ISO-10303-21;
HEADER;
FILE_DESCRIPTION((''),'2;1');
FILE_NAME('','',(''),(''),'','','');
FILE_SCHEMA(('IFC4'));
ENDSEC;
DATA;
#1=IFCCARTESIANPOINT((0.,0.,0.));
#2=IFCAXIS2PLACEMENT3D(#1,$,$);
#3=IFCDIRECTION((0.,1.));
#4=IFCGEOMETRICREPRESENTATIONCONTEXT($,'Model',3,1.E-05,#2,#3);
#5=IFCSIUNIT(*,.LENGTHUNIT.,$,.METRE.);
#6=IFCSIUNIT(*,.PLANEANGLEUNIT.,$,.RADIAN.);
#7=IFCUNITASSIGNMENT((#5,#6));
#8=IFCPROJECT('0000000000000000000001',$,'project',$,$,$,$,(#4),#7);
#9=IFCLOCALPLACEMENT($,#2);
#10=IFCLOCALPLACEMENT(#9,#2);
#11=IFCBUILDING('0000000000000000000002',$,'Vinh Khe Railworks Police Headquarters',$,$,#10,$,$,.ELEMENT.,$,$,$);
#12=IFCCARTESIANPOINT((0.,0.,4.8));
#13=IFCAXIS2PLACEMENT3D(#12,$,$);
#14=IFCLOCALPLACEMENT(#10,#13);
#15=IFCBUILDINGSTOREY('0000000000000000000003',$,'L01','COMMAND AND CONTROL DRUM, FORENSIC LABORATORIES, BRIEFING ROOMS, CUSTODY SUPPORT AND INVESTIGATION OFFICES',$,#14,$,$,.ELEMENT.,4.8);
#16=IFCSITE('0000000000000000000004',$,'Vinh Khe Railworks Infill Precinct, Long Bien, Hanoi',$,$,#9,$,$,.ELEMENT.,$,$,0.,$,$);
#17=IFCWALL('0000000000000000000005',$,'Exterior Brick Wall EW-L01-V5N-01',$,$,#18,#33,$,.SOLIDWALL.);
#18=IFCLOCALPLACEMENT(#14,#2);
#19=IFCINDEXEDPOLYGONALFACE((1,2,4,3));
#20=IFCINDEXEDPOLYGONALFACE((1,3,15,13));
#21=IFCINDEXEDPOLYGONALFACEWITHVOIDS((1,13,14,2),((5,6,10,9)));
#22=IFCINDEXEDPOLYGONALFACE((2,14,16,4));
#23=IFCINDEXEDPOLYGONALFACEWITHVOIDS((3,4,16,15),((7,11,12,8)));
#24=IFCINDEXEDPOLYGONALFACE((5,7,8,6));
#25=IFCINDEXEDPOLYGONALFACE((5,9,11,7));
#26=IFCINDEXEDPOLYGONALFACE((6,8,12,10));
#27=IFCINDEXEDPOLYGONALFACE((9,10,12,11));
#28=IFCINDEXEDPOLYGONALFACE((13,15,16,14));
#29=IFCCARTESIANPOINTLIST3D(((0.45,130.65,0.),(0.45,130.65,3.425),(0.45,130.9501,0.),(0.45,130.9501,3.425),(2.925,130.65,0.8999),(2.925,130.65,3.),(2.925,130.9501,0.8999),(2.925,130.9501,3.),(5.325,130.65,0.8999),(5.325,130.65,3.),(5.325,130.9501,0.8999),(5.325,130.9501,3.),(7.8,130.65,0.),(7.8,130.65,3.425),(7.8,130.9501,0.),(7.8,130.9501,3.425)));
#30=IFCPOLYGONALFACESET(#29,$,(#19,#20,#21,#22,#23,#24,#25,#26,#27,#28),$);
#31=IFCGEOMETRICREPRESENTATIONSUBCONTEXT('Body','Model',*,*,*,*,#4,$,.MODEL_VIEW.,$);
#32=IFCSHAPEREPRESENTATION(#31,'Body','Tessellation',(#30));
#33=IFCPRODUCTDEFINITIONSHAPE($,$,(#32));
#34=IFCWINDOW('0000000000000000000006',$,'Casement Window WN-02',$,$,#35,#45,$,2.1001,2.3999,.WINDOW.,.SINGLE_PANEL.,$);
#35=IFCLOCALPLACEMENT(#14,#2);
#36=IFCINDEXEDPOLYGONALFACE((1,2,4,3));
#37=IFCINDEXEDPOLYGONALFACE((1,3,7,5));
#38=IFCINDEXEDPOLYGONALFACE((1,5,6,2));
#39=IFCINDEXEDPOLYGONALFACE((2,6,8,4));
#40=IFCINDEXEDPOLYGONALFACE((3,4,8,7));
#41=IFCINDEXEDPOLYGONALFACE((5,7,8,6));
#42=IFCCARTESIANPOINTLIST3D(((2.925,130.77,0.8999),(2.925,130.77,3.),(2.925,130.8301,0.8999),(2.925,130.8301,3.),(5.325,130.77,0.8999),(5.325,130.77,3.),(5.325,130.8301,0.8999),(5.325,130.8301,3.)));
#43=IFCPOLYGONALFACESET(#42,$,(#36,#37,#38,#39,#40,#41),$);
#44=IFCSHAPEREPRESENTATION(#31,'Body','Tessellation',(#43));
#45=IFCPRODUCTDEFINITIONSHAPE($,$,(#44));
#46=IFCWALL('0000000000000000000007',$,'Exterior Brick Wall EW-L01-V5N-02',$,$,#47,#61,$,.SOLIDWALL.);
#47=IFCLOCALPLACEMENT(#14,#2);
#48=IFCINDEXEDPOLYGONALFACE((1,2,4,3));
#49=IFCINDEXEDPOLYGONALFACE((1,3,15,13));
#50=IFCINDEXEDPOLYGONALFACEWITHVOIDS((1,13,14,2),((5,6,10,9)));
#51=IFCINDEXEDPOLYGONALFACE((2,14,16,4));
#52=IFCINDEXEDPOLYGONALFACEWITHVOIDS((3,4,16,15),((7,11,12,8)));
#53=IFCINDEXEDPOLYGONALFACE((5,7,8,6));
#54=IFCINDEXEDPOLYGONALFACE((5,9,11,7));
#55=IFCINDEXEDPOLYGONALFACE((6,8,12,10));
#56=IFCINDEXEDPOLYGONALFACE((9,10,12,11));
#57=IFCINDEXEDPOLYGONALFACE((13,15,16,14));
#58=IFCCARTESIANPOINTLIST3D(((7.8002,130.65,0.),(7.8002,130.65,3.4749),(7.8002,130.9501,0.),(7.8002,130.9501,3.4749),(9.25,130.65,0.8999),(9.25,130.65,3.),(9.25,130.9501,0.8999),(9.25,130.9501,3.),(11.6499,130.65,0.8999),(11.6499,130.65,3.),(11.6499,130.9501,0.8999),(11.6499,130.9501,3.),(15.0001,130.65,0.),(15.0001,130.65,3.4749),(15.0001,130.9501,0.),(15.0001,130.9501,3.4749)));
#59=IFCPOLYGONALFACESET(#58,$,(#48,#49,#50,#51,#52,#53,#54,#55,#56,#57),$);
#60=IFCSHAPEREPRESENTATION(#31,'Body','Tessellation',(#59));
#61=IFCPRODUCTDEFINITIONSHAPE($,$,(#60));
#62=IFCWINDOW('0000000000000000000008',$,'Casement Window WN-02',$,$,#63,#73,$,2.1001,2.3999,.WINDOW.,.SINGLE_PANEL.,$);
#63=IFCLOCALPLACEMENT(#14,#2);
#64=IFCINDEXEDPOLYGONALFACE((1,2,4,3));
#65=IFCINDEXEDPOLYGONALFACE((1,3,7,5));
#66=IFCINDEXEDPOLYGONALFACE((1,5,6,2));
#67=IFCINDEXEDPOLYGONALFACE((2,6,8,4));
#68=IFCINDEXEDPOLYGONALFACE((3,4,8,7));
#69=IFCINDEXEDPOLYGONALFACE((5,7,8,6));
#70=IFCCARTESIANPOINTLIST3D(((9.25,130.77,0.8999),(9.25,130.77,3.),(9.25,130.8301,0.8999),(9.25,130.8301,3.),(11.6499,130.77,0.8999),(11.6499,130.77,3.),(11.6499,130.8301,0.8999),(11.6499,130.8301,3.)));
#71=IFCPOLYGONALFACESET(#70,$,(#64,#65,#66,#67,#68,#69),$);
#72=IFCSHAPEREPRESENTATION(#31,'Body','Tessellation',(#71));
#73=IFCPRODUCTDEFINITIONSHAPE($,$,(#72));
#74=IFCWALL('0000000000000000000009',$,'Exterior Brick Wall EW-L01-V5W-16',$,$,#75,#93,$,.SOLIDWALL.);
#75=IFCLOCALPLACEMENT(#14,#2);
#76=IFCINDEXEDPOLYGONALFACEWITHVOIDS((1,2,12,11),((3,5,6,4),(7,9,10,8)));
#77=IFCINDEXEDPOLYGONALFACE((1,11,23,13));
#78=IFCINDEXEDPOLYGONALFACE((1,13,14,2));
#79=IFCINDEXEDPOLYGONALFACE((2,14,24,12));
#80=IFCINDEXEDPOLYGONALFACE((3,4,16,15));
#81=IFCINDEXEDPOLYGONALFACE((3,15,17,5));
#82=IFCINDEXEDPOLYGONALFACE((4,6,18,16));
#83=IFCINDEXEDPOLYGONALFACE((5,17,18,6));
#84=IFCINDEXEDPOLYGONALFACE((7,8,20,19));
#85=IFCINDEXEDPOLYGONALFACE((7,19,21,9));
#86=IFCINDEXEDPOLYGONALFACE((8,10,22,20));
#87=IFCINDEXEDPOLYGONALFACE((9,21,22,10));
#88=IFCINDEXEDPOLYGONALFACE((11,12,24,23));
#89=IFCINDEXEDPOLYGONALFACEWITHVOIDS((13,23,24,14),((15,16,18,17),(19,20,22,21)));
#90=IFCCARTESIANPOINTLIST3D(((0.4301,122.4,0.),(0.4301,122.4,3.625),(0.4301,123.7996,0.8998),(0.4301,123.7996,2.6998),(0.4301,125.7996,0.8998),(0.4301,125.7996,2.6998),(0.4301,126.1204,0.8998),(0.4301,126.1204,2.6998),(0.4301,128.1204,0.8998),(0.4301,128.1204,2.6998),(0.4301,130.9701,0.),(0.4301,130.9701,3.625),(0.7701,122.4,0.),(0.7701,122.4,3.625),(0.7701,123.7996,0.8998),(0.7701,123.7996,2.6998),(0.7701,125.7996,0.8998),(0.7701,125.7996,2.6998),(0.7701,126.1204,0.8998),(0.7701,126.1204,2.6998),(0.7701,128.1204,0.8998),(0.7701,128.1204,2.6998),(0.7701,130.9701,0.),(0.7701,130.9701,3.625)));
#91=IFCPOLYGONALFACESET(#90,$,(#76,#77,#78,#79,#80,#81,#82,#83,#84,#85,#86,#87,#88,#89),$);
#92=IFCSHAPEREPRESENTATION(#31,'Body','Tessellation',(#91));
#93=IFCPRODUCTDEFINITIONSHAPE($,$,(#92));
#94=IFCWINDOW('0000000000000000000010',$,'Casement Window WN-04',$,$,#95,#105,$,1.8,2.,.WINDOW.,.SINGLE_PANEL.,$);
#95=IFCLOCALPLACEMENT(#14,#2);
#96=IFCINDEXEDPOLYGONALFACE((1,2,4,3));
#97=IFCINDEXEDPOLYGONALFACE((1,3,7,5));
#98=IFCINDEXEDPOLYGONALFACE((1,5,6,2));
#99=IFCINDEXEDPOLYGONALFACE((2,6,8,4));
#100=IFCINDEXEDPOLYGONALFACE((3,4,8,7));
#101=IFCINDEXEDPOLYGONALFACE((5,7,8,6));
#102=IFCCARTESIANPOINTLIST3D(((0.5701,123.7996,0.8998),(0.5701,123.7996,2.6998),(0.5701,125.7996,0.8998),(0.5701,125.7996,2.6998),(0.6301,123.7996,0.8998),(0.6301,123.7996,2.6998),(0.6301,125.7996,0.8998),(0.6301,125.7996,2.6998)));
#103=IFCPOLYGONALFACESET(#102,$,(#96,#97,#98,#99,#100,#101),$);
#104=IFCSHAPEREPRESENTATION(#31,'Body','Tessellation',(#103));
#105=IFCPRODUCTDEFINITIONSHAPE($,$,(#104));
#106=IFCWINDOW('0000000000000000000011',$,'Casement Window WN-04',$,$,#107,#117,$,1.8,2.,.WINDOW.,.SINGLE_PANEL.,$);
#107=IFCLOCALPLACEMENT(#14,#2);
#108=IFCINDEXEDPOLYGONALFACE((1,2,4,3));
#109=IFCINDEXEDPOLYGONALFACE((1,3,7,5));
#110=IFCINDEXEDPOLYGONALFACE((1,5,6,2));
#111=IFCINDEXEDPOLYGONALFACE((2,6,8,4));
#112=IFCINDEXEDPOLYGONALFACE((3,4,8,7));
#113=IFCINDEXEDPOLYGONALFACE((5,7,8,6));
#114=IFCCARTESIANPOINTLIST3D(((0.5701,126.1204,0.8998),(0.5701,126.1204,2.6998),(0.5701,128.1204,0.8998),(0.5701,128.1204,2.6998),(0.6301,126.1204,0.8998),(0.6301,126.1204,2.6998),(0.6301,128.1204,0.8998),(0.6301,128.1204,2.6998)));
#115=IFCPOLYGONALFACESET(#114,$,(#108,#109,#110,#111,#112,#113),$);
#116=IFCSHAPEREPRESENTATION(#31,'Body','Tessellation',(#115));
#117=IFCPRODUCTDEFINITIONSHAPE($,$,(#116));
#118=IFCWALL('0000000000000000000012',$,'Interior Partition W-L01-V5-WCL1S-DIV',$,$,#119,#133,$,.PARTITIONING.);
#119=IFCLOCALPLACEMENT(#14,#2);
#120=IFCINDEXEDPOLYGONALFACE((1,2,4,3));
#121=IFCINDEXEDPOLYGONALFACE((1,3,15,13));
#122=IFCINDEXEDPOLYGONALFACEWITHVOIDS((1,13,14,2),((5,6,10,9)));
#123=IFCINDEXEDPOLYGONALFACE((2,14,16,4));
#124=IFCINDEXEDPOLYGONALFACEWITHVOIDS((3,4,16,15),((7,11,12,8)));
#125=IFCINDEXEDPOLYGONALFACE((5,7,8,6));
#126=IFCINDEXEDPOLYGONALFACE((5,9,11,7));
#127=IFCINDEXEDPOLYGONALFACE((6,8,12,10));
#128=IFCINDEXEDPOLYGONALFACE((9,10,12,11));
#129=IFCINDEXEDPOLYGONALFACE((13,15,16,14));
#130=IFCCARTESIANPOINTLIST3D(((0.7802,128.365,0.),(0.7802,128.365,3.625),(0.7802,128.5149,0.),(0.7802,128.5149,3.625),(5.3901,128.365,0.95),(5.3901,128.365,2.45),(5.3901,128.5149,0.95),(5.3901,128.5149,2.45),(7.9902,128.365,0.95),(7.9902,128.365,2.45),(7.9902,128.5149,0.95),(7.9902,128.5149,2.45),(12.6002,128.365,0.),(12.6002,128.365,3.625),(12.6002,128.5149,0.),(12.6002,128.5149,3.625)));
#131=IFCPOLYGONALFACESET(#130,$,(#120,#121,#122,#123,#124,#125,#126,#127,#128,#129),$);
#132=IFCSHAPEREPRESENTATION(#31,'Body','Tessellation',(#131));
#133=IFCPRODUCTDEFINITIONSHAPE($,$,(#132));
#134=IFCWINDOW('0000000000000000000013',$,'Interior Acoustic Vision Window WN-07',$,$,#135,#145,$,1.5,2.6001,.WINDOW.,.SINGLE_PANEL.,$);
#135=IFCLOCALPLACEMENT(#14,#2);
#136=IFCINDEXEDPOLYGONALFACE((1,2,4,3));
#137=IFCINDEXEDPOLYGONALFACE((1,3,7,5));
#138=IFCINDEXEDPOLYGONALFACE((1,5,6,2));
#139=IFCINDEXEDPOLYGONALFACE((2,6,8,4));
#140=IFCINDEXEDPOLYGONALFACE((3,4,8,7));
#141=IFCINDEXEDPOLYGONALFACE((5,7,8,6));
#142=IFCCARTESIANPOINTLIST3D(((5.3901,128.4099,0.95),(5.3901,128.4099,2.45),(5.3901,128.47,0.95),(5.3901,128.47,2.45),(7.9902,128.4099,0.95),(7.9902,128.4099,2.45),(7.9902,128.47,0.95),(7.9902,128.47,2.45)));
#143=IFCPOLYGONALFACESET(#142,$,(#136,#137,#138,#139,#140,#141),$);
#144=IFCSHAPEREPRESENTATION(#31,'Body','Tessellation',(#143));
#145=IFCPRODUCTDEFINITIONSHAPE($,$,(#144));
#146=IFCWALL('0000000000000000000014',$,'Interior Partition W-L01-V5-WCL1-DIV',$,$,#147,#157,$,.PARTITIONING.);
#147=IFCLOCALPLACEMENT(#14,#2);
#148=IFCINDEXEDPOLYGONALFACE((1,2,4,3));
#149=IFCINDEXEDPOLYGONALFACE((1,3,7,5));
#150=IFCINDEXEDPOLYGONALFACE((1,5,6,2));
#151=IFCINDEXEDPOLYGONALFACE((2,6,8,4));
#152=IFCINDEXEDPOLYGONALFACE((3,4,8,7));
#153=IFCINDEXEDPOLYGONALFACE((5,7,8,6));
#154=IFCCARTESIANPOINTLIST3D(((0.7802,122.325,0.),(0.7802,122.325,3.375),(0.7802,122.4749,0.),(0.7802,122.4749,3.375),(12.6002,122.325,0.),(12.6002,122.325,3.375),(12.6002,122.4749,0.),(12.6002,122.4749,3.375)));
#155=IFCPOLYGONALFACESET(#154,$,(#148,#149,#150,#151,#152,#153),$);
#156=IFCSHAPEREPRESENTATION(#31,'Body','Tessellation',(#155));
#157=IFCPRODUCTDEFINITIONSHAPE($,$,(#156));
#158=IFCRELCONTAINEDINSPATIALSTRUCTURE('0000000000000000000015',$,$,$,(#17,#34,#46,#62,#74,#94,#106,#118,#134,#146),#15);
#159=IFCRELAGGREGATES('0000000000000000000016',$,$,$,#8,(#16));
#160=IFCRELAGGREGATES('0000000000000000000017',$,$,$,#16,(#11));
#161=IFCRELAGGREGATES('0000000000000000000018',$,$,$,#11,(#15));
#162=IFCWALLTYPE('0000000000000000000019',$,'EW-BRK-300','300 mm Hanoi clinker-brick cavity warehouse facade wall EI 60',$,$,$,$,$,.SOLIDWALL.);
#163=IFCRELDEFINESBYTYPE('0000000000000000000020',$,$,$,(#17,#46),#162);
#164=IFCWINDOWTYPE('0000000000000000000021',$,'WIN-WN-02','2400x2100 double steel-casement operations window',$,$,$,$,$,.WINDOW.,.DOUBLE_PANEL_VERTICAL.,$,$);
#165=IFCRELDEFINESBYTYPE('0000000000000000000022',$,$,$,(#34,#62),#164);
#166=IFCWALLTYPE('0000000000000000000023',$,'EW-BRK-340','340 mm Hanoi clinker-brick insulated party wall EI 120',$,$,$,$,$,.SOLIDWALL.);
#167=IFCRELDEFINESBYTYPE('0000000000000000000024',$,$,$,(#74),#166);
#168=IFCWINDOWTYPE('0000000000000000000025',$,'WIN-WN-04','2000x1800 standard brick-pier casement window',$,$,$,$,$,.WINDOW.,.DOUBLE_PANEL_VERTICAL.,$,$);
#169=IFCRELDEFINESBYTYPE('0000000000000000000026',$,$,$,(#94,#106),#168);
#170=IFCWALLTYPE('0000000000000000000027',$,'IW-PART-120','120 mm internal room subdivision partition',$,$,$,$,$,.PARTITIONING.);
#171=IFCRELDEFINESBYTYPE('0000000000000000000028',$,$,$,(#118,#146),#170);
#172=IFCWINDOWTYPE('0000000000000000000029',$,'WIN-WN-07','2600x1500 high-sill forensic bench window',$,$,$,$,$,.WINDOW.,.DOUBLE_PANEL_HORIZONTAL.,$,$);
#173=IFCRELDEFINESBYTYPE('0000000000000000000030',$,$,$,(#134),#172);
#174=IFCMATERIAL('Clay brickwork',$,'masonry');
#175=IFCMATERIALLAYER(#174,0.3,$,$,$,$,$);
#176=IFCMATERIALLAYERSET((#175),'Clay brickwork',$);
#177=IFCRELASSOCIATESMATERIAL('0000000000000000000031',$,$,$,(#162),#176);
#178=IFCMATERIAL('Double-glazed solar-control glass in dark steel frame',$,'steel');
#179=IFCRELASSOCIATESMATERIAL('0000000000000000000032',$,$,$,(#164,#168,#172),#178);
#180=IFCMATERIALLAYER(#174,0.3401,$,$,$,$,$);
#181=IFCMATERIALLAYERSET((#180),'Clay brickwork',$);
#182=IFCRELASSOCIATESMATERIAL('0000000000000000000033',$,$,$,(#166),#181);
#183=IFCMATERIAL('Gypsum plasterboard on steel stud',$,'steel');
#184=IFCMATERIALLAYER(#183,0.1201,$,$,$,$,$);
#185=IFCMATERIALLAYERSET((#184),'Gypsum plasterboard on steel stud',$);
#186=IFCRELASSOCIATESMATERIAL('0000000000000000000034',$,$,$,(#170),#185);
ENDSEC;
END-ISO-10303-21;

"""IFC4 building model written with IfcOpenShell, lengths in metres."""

from ifc_helpers import new_model, si_unit, direction, frame, frame_2d, origin, place, context, subcontext, project, spatial, rectangle, extrude, material, layer, layer_set, type_object, element, fill, save


model = new_model("IFC4")

# Units and contexts
model_context = context("Model", 3, precision=1e-05, world=origin(), true_north=direction((0.0, 1.0)))
body_context = subcontext(model_context, "Body", "Model", "MODEL_VIEW")
ifc_project = project(units=[si_unit("LENGTHUNIT", "METRE"), si_unit("PLANEANGLEUNIT", "RADIAN")], contexts=[model_context])

# Site, building, storey
site_placement = place(None, origin())
site = spatial("IfcSite", under=ifc_project, at=site_placement, Name="Vinh Khe Railworks Infill Precinct, Long Bien, Hanoi", CompositionType="ELEMENT", RefElevation=0.0)
building_placement = place(site_placement, origin())
building = spatial("IfcBuilding", under=site, at=building_placement, Name="Vinh Khe Railworks Police Headquarters", CompositionType="ELEMENT")
storey_placement = place(building_placement, frame((0.0, 0.0, 4.8)))
storey = spatial("IfcBuildingStorey", under=building, at=storey_placement, Name="L01", Description="COMMAND AND CONTROL DRUM, FORENSIC LABORATORIES, BRIEFING ROOMS, CUSTODY SUPPORT AND INVESTIGATION OFFICES", CompositionType="ELEMENT", Elevation=4.8)

# Walls, openings, windows
ifc_material_1 = material(Name="Clay brickwork", Category="masonry")
ifc_layer_1 = layer(ifc_material_1, 0.3)
ifc_layer_set_1 = layer_set([ifc_layer_1], Name="Clay brickwork")
wall_type_1 = type_object("IfcWallType", Name="EW-BRK-300", Description="300 mm Hanoi clinker-brick cavity warehouse facade wall EI 60", PredefinedType="SOLIDWALL", material=ifc_layer_set_1)
wall_1_placement = place(storey_placement, frame((0.45, 130.8, 0.0), z_axis=(0.0, 0.0, 1.0), x_axis=(1.0, 0.0, 0.0)))
wall_1 = element("IfcWall", 1, at=wall_1_placement, inside=storey, type_object=wall_type_1, Name="Exterior Brick Wall EW-L01-V5N-01", PredefinedType="SOLIDWALL", context=body_context, shape_type="SweptSolid", body=[
    extrude(rectangle(XDim=7.3501, YDim=0.3, at=frame_2d((3.675, 0.0))), origin(), (0.0, 0.0, 1.0), 3.425),
])
opening_1_placement = place(wall_1_placement, frame((2.4751, 0.0, 0.8999)))
opening_1 = element("IfcOpeningElement", 2, at=opening_1_placement, cuts=wall_1, PredefinedType="OPENING", context=body_context, shape_type="SweptSolid", body=[
    extrude(rectangle(XDim=2.3999, YDim=2.1001, at=frame_2d((1.2, 1.05))), frame((0.0, 0.165, 0.0), z_axis=(0.0, -1.0, 0.0), x_axis=(1.0, 0.0, 0.0)), (0.0, 0.0, 1.0), 0.3298),
])
ifc_material_2 = material(Name="Double-glazed solar-control glass in dark steel frame", Category="steel")
window_type_1 = type_object("IfcWindowType", Name="WIN-WN-02", Description="2400x2100 double steel-casement operations window", PartitioningType="DOUBLE_PANEL_VERTICAL", PredefinedType="WINDOW", material=ifc_material_2)
window_1_placement = place(opening_1_placement, origin())
window_1 = element("IfcWindow", 3, at=window_1_placement, inside=storey, type_object=window_type_1, Name="Casement Window WN-02", OverallHeight=2.1001, OverallWidth=2.3999, PartitioningType="SINGLE_PANEL", PredefinedType="WINDOW", context=body_context, shape_type="SweptSolid", body=[
    extrude(rectangle(XDim=2.3999, YDim=2.1001, at=frame_2d((1.2, 1.05))), frame((0.0, 0.03, 0.0), z_axis=(0.0, -1.0, 0.0), x_axis=(1.0, 0.0, 0.0)), (0.0, 0.0, 1.0), 0.0601),
])
fill(opening_1, window_1)
wall_2_placement = place(storey_placement, frame((7.8, 130.8, 0.0), z_axis=(0.0, 0.0, 1.0), x_axis=(1.0, 0.0, 0.0)))
wall_2 = element("IfcWall", 4, at=wall_2_placement, inside=storey, type_object=wall_type_1, Name="Exterior Brick Wall EW-L01-V5N-02", PredefinedType="SOLIDWALL", context=body_context, shape_type="SweptSolid", body=[
    extrude(rectangle(XDim=7.2, YDim=0.3, at=frame_2d((3.6001, 0.0))), origin(), (0.0, 0.0, 1.0), 3.4749),
])
opening_2_placement = place(wall_2_placement, frame((1.45, 0.0, 0.8999)))
opening_2 = element("IfcOpeningElement", 5, at=opening_2_placement, cuts=wall_2, PredefinedType="OPENING", context=body_context, shape_type="SweptSolid", body=[
    extrude(rectangle(XDim=2.3999, YDim=2.1001, at=frame_2d((1.2, 1.05))), frame((0.0, 0.165, 0.0), z_axis=(0.0, -1.0, 0.0), x_axis=(1.0, 0.0, 0.0)), (0.0, 0.0, 1.0), 0.3298),
])
window_2_placement = place(opening_2_placement, origin())
window_2 = element("IfcWindow", 6, at=window_2_placement, inside=storey, type_object=window_type_1, Name="Casement Window WN-02", OverallHeight=2.1001, OverallWidth=2.3999, PartitioningType="SINGLE_PANEL", PredefinedType="WINDOW", context=body_context, shape_type="SweptSolid", body=[
    extrude(rectangle(XDim=2.3999, YDim=2.1001, at=frame_2d((1.2, 1.05))), frame((0.0, 0.03, 0.0), z_axis=(0.0, -1.0, 0.0), x_axis=(1.0, 0.0, 0.0)), (0.0, 0.0, 1.0), 0.0601),
])
fill(opening_2, window_2)

# Wall, openings, windows
ifc_layer_2 = layer(ifc_material_1, 0.3401)
ifc_layer_set_2 = layer_set([ifc_layer_2], Name="Clay brickwork")
wall_type_2 = type_object("IfcWallType", Name="EW-BRK-340", Description="340 mm Hanoi clinker-brick insulated party wall EI 120", PredefinedType="SOLIDWALL", material=ifc_layer_set_2)
wall_3_placement = place(storey_placement, frame((0.6001, 122.3999, 0.0), z_axis=(0.0, 0.0, 1.0), x_axis=(0.0, 1.0, 0.0)))
wall_3 = element("IfcWall", 7, at=wall_3_placement, inside=storey, type_object=wall_type_2, Name="Exterior Brick Wall EW-L01-V5W-16", PredefinedType="SOLIDWALL", context=body_context, shape_type="SweptSolid", body=[
    extrude(rectangle(XDim=8.5701, YDim=0.3401, at=frame_2d((4.2852, 0.0))), origin(), (0.0, 0.0, 1.0), 3.625),
])
opening_3_placement = place(wall_3_placement, frame((1.3997, 0.0, 0.8999)))
opening_3 = element("IfcOpeningElement", 8, at=opening_3_placement, cuts=wall_3, PredefinedType="OPENING", context=body_context, shape_type="SweptSolid", body=[
    extrude(rectangle(XDim=2.0, YDim=1.8, at=frame_2d((1.0, 0.8999))), frame((0.0, 0.1851, 0.0), z_axis=(0.0, -1.0, 0.0), x_axis=(1.0, 0.0, 0.0)), (0.0, 0.0, 1.0), 0.3699),
])
opening_4_placement = place(wall_3_placement, frame((3.7205, 0.0, 0.8999)))
opening_4 = element("IfcOpeningElement", 9, at=opening_4_placement, cuts=wall_3, PredefinedType="OPENING", context=body_context, shape_type="SweptSolid", body=[
    extrude(rectangle(XDim=2.0, YDim=1.8, at=frame_2d((1.0, 0.8999))), frame((0.0, 0.1851, 0.0), z_axis=(0.0, -1.0, 0.0), x_axis=(1.0, 0.0, 0.0)), (0.0, 0.0, 1.0), 0.3699),
])
window_type_2 = type_object("IfcWindowType", Name="WIN-WN-04", Description="2000x1800 standard brick-pier casement window", PartitioningType="DOUBLE_PANEL_VERTICAL", PredefinedType="WINDOW", material=ifc_material_2)
window_3_placement = place(opening_3_placement, origin())
window_3 = element("IfcWindow", 10, at=window_3_placement, inside=storey, type_object=window_type_2, Name="Casement Window WN-04", OverallHeight=1.8, OverallWidth=2.0, PartitioningType="SINGLE_PANEL", PredefinedType="WINDOW", context=body_context, shape_type="SweptSolid", body=[
    extrude(rectangle(XDim=2.0, YDim=1.8, at=frame_2d((1.0, 0.8999))), frame((0.0, 0.03, 0.0), z_axis=(0.0, -1.0, 0.0), x_axis=(1.0, 0.0, 0.0)), (0.0, 0.0, 1.0), 0.0601),
])
fill(opening_3, window_3)
window_4_placement = place(opening_4_placement, origin())
window_4 = element("IfcWindow", 11, at=window_4_placement, inside=storey, type_object=window_type_2, Name="Casement Window WN-04", OverallHeight=1.8, OverallWidth=2.0, PartitioningType="SINGLE_PANEL", PredefinedType="WINDOW", context=body_context, shape_type="SweptSolid", body=[
    extrude(rectangle(XDim=2.0, YDim=1.8, at=frame_2d((1.0, 0.8999))), frame((0.0, 0.03, 0.0), z_axis=(0.0, -1.0, 0.0), x_axis=(1.0, 0.0, 0.0)), (0.0, 0.0, 1.0), 0.0601),
])
fill(opening_4, window_4)

# Wall, opening, window
ifc_material_3 = material(Name="Gypsum plasterboard on steel stud", Category="steel")
ifc_layer_3 = layer(ifc_material_3, 0.1201)
ifc_layer_set_3 = layer_set([ifc_layer_3], Name="Gypsum plasterboard on steel stud")
wall_type_3 = type_object("IfcWallType", Name="IW-PART-120", Description="120 mm internal room subdivision partition", PredefinedType="PARTITIONING", material=ifc_layer_set_3)
wall_4_placement = place(storey_placement, frame((0.78, 128.4399, 0.0), z_axis=(0.0, 0.0, 1.0), x_axis=(1.0, 0.0, 0.0)))
wall_4 = element("IfcWall", 12, at=wall_4_placement, inside=storey, type_object=wall_type_3, Name="Interior Partition W-L01-V5-WCL1S-DIV", PredefinedType="PARTITIONING", context=body_context, shape_type="SweptSolid", body=[
    extrude(rectangle(XDim=11.8201, YDim=0.1499, at=frame_2d((5.9102, 0.0))), origin(), (0.0, 0.0, 1.0), 3.625),
])
opening_5_placement = place(wall_4_placement, frame((4.6101, 0.0, 0.95)))
opening_5 = element("IfcOpeningElement", 13, at=opening_5_placement, cuts=wall_4, PredefinedType="OPENING", context=body_context, shape_type="SweptSolid", body=[
    extrude(rectangle(XDim=2.6001, YDim=1.5, at=frame_2d((1.3, 0.75))), frame((0.0, 0.0898, 0.0), z_axis=(0.0, -1.0, 0.0), x_axis=(1.0, 0.0, 0.0)), (0.0, 0.0, 1.0), 0.1797),
])
window_type_3 = type_object("IfcWindowType", Name="WIN-WN-07", Description="2600x1500 high-sill forensic bench window", PartitioningType="DOUBLE_PANEL_HORIZONTAL", PredefinedType="WINDOW", material=ifc_material_2)
window_5_placement = place(opening_5_placement, origin())
window_5 = element("IfcWindow", 14, at=window_5_placement, inside=storey, type_object=window_type_3, Name="Interior Acoustic Vision Window WN-07", OverallHeight=1.5, OverallWidth=2.6001, PartitioningType="SINGLE_PANEL", PredefinedType="WINDOW", context=body_context, shape_type="SweptSolid", body=[
    extrude(rectangle(XDim=2.6001, YDim=1.5, at=frame_2d((1.3, 0.75))), frame((0.0, 0.03, 0.0), z_axis=(0.0, -1.0, 0.0), x_axis=(1.0, 0.0, 0.0)), (0.0, 0.0, 1.0), 0.0601),
])
fill(opening_5, window_5)

# Wall
wall_5_placement = place(storey_placement, frame((0.78, 122.3999, 0.0), z_axis=(0.0, 0.0, 1.0), x_axis=(1.0, 0.0, 0.0)))
element("IfcWall", 15, at=wall_5_placement, inside=storey, type_object=wall_type_3, Name="Interior Partition W-L01-V5-WCL1-DIV", PredefinedType="PARTITIONING", context=body_context, shape_type="SweptSolid", body=[
    extrude(rectangle(XDim=11.8201, YDim=0.1499, at=frame_2d((5.9102, 0.0))), origin(), (0.0, 0.0, 1.0), 3.375),
])

save(model, "model.ifc")
